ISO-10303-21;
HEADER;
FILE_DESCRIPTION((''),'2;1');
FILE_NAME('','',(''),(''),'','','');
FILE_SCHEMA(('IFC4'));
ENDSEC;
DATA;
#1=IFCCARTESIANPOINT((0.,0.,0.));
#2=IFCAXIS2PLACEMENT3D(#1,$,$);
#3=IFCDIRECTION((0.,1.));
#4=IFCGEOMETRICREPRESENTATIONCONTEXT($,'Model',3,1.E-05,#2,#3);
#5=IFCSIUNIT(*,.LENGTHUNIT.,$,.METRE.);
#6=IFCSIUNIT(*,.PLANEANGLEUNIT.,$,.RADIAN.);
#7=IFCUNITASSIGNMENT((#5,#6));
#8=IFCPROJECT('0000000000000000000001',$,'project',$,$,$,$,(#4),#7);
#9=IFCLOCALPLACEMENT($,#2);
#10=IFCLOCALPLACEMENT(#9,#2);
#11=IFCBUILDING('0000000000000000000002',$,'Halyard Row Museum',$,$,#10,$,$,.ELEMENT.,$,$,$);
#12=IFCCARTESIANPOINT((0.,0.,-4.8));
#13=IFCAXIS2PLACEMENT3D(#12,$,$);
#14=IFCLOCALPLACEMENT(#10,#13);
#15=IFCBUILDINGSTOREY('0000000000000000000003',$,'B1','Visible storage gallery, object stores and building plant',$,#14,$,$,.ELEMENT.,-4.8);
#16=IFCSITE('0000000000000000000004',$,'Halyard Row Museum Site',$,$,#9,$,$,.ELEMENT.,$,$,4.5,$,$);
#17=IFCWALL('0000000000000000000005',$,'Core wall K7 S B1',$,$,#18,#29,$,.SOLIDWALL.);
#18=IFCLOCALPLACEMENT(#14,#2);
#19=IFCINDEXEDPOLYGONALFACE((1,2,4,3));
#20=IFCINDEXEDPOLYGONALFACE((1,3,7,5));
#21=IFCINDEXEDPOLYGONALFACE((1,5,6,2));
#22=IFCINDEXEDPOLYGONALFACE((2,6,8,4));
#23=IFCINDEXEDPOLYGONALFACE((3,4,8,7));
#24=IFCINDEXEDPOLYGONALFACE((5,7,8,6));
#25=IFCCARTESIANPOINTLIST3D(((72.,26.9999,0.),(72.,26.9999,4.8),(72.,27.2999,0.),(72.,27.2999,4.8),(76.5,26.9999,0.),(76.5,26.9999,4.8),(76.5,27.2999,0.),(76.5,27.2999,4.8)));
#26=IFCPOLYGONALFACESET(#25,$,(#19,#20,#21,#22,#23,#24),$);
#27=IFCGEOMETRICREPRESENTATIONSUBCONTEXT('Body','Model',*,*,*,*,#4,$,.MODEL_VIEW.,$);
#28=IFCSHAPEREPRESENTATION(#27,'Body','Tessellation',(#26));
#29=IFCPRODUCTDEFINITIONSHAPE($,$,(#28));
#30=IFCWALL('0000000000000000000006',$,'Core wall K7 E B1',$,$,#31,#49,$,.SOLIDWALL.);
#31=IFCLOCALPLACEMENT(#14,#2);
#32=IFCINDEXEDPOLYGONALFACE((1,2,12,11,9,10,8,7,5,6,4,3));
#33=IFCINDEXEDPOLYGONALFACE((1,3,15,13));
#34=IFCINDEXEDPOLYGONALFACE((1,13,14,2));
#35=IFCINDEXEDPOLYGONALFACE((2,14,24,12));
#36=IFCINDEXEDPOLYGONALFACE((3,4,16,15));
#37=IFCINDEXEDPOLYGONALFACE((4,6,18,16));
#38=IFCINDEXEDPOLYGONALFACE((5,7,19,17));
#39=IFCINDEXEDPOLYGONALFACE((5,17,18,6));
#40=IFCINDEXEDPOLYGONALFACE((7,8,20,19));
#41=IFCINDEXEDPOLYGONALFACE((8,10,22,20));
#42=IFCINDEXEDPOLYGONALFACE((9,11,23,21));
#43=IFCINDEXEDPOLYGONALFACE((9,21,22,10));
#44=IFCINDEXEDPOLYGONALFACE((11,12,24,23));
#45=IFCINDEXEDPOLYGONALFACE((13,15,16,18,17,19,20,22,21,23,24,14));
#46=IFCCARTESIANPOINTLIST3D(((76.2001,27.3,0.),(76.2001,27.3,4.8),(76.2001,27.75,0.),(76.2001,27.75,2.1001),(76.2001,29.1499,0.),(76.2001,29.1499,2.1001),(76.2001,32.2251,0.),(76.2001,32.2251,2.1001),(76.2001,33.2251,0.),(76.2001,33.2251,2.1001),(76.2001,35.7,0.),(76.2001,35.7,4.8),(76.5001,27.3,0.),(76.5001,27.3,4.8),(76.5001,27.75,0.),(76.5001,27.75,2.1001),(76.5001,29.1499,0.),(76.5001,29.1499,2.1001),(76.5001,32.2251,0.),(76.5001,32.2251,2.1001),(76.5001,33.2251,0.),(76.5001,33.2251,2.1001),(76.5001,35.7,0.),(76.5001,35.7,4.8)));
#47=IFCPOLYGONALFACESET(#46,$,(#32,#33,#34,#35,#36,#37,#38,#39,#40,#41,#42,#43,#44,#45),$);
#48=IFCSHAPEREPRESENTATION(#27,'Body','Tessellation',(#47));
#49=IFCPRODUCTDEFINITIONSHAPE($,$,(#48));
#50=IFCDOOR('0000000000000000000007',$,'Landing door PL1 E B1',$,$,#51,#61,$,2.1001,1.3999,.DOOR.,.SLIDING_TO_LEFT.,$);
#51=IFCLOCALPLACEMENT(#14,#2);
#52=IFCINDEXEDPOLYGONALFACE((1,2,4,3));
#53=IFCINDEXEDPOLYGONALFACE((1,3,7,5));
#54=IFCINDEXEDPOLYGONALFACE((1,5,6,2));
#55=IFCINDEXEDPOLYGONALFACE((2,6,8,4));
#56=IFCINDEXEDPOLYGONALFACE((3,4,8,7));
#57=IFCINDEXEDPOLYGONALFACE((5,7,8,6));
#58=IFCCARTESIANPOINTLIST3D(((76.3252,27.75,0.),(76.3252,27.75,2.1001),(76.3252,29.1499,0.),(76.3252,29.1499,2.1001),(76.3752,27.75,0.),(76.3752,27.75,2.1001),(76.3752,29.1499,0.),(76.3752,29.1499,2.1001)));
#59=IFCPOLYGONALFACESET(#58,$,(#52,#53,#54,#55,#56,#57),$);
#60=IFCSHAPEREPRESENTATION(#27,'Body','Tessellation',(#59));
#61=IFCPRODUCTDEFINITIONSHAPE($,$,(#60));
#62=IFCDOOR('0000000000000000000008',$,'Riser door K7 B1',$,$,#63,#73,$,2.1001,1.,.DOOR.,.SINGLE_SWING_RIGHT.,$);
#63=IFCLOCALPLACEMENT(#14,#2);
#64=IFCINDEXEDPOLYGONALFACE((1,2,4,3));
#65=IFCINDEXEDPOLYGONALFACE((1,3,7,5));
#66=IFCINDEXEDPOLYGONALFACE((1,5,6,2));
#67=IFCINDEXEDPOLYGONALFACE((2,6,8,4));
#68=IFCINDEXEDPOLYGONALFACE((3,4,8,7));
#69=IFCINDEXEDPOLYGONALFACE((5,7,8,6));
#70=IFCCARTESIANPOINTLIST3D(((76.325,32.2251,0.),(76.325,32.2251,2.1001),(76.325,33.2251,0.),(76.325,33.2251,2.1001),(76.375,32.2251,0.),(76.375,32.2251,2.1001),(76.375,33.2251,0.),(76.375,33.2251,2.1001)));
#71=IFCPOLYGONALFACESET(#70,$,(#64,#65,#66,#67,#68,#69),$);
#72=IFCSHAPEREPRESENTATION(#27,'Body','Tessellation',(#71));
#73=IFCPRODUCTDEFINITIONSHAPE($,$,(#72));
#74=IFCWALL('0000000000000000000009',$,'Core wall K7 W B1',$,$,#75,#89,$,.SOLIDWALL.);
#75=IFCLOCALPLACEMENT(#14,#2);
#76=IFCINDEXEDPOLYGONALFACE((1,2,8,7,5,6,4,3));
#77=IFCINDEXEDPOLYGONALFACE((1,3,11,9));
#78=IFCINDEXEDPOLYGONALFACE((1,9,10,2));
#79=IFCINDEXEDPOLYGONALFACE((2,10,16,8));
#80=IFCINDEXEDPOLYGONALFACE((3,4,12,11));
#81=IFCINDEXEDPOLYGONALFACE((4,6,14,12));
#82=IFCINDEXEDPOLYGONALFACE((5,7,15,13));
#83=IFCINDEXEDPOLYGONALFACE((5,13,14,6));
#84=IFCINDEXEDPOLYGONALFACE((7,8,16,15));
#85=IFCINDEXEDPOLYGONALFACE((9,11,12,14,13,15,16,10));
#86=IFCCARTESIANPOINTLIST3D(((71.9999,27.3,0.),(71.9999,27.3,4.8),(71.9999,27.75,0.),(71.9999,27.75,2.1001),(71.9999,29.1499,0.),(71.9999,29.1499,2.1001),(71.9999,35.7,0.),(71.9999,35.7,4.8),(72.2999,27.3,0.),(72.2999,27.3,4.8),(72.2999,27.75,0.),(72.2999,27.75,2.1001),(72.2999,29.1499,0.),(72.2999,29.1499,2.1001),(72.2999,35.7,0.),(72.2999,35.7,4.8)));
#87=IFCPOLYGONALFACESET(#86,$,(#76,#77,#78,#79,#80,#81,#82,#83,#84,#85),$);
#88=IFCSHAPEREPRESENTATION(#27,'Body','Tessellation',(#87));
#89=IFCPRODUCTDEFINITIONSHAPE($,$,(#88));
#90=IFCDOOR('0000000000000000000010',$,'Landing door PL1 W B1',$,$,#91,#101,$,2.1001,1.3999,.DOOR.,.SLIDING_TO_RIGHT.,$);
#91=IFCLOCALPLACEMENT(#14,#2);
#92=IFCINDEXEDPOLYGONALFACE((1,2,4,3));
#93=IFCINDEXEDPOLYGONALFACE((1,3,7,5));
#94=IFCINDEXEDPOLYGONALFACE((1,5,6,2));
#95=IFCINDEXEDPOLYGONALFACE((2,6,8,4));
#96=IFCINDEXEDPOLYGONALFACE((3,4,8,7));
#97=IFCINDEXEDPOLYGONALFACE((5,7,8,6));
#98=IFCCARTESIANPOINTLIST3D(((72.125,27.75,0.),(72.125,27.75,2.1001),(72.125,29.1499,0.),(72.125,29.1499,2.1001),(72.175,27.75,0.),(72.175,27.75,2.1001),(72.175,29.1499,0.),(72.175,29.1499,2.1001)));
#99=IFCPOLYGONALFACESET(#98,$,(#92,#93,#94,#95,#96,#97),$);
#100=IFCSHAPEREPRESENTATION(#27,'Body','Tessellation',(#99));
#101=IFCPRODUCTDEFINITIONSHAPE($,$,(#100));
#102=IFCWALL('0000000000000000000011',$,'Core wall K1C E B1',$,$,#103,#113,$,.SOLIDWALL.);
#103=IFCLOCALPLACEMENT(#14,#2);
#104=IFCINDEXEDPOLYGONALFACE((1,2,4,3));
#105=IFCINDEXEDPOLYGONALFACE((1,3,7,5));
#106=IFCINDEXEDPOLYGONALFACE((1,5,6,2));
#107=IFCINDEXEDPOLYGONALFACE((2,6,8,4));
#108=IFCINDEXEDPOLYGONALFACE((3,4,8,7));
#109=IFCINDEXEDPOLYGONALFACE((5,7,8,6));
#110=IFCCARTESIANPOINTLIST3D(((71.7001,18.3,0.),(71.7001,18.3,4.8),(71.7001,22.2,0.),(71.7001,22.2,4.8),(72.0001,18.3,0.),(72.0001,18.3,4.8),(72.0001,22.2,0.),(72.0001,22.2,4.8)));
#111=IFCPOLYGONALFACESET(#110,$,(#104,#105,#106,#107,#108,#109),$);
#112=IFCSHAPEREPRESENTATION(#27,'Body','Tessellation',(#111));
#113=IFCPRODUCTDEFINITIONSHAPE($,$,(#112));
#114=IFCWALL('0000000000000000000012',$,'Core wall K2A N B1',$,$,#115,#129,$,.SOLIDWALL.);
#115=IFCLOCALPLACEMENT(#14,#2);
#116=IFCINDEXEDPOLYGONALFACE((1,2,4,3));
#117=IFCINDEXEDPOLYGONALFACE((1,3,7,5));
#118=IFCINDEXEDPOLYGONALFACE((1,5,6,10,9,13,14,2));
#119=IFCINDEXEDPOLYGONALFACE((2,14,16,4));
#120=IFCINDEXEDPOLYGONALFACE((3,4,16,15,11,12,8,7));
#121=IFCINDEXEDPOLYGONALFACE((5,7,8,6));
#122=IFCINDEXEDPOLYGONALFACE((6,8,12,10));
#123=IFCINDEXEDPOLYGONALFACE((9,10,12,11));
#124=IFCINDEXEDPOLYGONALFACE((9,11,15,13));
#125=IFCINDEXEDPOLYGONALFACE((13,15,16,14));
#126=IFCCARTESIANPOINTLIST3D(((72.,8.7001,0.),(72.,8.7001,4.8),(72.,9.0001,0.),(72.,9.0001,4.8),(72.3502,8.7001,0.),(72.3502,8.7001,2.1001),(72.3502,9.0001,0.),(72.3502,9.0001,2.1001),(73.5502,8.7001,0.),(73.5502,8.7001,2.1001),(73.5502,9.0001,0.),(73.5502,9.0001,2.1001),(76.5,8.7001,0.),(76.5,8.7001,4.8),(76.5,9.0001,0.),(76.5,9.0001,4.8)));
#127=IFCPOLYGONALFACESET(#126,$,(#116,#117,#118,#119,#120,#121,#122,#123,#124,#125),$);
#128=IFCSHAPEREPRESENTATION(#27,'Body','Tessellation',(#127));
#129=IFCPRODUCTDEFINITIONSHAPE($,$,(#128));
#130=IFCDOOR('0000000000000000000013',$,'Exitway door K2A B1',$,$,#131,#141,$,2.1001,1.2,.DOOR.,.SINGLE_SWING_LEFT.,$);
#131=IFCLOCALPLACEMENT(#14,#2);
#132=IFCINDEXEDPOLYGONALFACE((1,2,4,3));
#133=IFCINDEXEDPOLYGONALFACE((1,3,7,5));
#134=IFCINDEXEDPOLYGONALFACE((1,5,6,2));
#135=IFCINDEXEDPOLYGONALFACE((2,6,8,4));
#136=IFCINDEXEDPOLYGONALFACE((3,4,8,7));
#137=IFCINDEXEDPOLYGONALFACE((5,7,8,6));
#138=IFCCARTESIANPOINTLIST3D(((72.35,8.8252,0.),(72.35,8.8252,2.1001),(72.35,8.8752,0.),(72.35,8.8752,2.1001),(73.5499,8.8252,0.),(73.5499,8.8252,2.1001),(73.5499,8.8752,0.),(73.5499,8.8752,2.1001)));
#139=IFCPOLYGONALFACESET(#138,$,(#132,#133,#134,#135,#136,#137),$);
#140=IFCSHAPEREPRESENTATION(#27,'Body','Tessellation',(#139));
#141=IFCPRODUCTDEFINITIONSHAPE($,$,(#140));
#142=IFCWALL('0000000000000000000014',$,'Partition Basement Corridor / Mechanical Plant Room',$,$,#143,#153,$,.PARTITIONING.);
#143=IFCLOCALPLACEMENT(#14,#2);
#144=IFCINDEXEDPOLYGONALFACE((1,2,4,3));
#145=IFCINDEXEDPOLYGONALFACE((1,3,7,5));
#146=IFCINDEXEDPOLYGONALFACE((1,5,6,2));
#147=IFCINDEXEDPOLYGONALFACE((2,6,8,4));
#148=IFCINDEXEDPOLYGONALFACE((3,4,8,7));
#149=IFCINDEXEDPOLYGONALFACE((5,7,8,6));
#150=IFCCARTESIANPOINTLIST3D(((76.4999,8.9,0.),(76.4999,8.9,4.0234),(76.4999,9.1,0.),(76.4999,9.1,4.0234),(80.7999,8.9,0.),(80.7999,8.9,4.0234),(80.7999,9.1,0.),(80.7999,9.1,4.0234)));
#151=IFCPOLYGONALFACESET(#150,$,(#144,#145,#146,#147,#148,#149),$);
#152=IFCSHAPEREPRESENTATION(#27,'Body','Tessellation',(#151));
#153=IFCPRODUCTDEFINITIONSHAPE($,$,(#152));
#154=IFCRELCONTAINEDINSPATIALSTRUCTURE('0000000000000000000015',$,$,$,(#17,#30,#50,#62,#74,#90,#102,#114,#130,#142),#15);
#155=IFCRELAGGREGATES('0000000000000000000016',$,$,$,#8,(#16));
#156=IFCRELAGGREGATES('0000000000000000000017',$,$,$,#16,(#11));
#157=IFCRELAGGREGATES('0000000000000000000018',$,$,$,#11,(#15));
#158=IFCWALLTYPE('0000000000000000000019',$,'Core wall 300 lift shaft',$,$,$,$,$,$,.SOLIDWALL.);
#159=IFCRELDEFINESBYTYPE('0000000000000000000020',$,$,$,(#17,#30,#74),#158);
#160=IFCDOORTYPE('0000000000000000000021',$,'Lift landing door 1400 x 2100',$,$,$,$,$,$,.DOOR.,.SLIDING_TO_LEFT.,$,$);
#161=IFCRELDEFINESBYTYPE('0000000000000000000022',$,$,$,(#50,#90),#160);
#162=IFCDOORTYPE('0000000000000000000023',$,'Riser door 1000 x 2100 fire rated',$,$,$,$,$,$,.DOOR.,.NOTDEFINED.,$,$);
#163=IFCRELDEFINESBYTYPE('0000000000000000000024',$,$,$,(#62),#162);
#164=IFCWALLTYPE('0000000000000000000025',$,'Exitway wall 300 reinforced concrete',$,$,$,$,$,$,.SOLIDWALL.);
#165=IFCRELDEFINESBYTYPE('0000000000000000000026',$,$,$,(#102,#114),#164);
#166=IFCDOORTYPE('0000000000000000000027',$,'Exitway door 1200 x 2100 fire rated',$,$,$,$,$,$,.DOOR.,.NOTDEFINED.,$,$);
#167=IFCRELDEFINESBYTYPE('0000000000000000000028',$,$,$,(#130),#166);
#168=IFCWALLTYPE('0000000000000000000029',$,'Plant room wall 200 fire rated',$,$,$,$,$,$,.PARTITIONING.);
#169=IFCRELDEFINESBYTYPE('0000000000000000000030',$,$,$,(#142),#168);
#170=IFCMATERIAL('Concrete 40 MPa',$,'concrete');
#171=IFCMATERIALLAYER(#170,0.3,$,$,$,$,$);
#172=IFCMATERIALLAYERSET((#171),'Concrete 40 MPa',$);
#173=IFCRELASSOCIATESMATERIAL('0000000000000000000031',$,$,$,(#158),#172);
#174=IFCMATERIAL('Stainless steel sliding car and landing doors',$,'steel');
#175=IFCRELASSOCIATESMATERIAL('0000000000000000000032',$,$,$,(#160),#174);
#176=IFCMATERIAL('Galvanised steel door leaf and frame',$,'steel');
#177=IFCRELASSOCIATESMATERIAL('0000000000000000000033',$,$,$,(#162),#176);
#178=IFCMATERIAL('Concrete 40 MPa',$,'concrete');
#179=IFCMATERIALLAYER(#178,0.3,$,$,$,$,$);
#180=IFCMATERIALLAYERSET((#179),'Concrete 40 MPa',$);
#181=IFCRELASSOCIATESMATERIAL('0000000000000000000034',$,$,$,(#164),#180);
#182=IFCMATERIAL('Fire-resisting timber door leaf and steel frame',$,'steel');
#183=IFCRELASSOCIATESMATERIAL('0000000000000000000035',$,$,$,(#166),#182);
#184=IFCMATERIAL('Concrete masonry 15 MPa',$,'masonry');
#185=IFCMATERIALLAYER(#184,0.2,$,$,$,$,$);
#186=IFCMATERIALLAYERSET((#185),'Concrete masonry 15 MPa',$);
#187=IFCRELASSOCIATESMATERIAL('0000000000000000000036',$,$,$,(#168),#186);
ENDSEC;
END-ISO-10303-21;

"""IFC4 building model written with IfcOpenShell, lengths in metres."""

from ifc_helpers import new_model, si_unit, direction, frame, frame_2d, origin, place, context, subcontext, project, spatial, rectangle, extrude, material, layer, layer_set, type_object, element, fill, save


model = new_model("IFC4")

# Units and contexts
model_context = context("Model", 3, precision=1e-05, world=origin(), true_north=direction((0.0, 1.0)))
body_context = subcontext(model_context, "Body", "Model", "MODEL_VIEW")
ifc_project = project(units=[si_unit("LENGTHUNIT", "METRE"), si_unit("PLANEANGLEUNIT", "RADIAN")], contexts=[model_context])

# Site, building, storey
site_placement = place(None, origin())
site = spatial("IfcSite", under=ifc_project, at=site_placement, Name="Halyard Row Museum Site", CompositionType="ELEMENT", RefElevation=4.5)
building_placement = place(site_placement, origin())
building = spatial("IfcBuilding", under=site, at=building_placement, Name="Halyard Row Museum", CompositionType="ELEMENT")
storey_placement = place(building_placement, frame((0.0, 0.0, -4.8)))
storey = spatial("IfcBuildingStorey", under=building, at=storey_placement, Name="B1", Description="Visible storage gallery, object stores and building plant", CompositionType="ELEMENT", Elevation=-4.8)

# Wall
ifc_material_1 = material(Name="Concrete 40 MPa", Category="concrete")
ifc_layer_1 = layer(ifc_material_1, 0.3)
ifc_layer_set_1 = layer_set([ifc_layer_1], Name="Concrete 40 MPa")
wall_type_1 = type_object("IfcWallType", Name="Core wall 300 lift shaft", PredefinedType="SOLIDWALL", material=ifc_layer_set_1)
wall_1_placement = place(storey_placement, frame((72.0, 27.1499, 0.0), z_axis=(0.0, 0.0, 1.0), x_axis=(1.0, 0.0, 0.0)))
element("IfcWall", 1, at=wall_1_placement, inside=storey, type_object=wall_type_1, Name="Core wall K7 S B1", PredefinedType="SOLIDWALL", context=body_context, shape_type="SweptSolid", body=[
    extrude(rectangle(XDim=4.5, YDim=0.3, at=frame_2d((2.25, 0.0))), origin(), (0.0, 0.0, 1.0), 4.8),
])

# Wall, openings, doors
wall_2_placement = place(storey_placement, frame((76.3501, 27.3, 0.0), z_axis=(0.0, 0.0, 1.0), x_axis=(0.0, 1.0, 0.0)))
wall_2 = element("IfcWall", 2, at=wall_2_placement, inside=storey, type_object=wall_type_1, Name="Core wall K7 E B1", PredefinedType="SOLIDWALL", context=body_context, shape_type="SweptSolid", body=[
    extrude(rectangle(XDim=8.3999, YDim=0.3, at=frame_2d((4.2, 0.0))), origin(), (0.0, 0.0, 1.0), 4.8),
])
opening_1_placement = place(wall_2_placement, frame((0.45, 0.0, 0.0)))
opening_1 = element("IfcOpeningElement", 3, at=opening_1_placement, cuts=wall_2, PredefinedType="OPENING", context=body_context, shape_type="SweptSolid", body=[
    extrude(rectangle(XDim=1.3999, YDim=2.1001, at=frame_2d((0.7, 1.05))), frame((0.0, 0.1599, 0.0), z_axis=(0.0, -1.0, 0.0), x_axis=(1.0, 0.0, 0.0)), (0.0, 0.0, 1.0), 0.3201),
])
opening_2_placement = place(wall_2_placement, frame((4.925, 0.0, 0.0)))
opening_2 = element("IfcOpeningElement", 4, at=opening_2_placement, cuts=wall_2, PredefinedType="OPENING", context=body_context, shape_type="SweptSolid", body=[
    extrude(rectangle(XDim=1.0, YDim=2.1001, at=frame_2d((0.5, 1.05))), frame((0.0, 0.1599, 0.0), z_axis=(0.0, -1.0, 0.0), x_axis=(1.0, 0.0, 0.0)), (0.0, 0.0, 1.0), 0.3201),
])
ifc_material_2 = material(Name="Stainless steel sliding car and landing doors", Category="steel")
door_type_1 = type_object("IfcDoorType", Name="Lift landing door 1400 x 2100", OperationType="SLIDING_TO_LEFT", PredefinedType="DOOR", material=ifc_material_2)
door_1_placement = place(opening_1_placement, origin())
door_1 = element("IfcDoor", 5, at=door_1_placement, inside=storey, type_object=door_type_1, Name="Landing door PL1 E B1", OperationType="SLIDING_TO_LEFT", OverallHeight=2.1001, OverallWidth=1.3999, PredefinedType="DOOR", context=body_context, shape_type="SweptSolid", body=[
    extrude(rectangle(XDim=1.3999, YDim=2.1001, at=frame_2d((0.7, 1.05))), frame((0.0, 0.0249, 0.0), z_axis=(0.0, -1.0, 0.0), x_axis=(1.0, 0.0, 0.0)), (0.0, 0.0, 1.0), 0.05),
])
fill(opening_1, door_1)
ifc_material_3 = material(Name="Galvanised steel door leaf and frame", Category="steel")
door_type_2 = type_object("IfcDoorType", Name="Riser door 1000 x 2100 fire rated", OperationType="NOTDEFINED", PredefinedType="DOOR", material=ifc_material_3)
door_2_placement = place(opening_2_placement, frame((1.0, 0.0, 0.0), z_axis=(0.0, 0.0, 1.0), x_axis=(-1.0, 0.0, 0.0)))
door_2 = element("IfcDoor", 6, at=door_2_placement, inside=storey, type_object=door_type_2, Name="Riser door K7 B1", OperationType="SINGLE_SWING_RIGHT", OverallHeight=2.1001, OverallWidth=1.0, PredefinedType="DOOR", context=body_context, shape_type="SweptSolid", body=[
    extrude(rectangle(XDim=1.0, YDim=2.1001, at=frame_2d((0.5, 1.05))), frame((0.0, 0.0249, 0.0), z_axis=(0.0, -1.0, 0.0), x_axis=(1.0, 0.0, 0.0)), (0.0, 0.0, 1.0), 0.05),
])
fill(opening_2, door_2)

# Wall, opening, door
wall_3_placement = place(storey_placement, frame((72.1499, 27.3, 0.0), z_axis=(0.0, 0.0, 1.0), x_axis=(0.0, 1.0, 0.0)))
wall_3 = element("IfcWall", 7, at=wall_3_placement, inside=storey, type_object=wall_type_1, Name="Core wall K7 W B1", PredefinedType="SOLIDWALL", context=body_context, shape_type="SweptSolid", body=[
    extrude(rectangle(XDim=8.3999, YDim=0.3, at=frame_2d((4.2, 0.0))), origin(), (0.0, 0.0, 1.0), 4.8),
])
opening_3_placement = place(wall_3_placement, frame((0.45, 0.0, 0.0)))
opening_3 = element("IfcOpeningElement", 8, at=opening_3_placement, cuts=wall_3, PredefinedType="OPENING", context=body_context, shape_type="SweptSolid", body=[
    extrude(rectangle(XDim=1.3999, YDim=2.1001, at=frame_2d((0.7, 1.05))), frame((0.0, 0.1599, 0.0), z_axis=(0.0, -1.0, 0.0), x_axis=(1.0, 0.0, 0.0)), (0.0, 0.0, 1.0), 0.3201),
])
door_3_placement = place(opening_3_placement, origin())
door_3 = element("IfcDoor", 9, at=door_3_placement, inside=storey, type_object=door_type_1, Name="Landing door PL1 W B1", OperationType="SLIDING_TO_RIGHT", OverallHeight=2.1001, OverallWidth=1.3999, PredefinedType="DOOR", context=body_context, shape_type="SweptSolid", body=[
    extrude(rectangle(XDim=1.3999, YDim=2.1001, at=frame_2d((0.7, 1.05))), frame((0.0, 0.0249, 0.0), z_axis=(0.0, -1.0, 0.0), x_axis=(1.0, 0.0, 0.0)), (0.0, 0.0, 1.0), 0.05),
])
fill(opening_3, door_3)

# Wall
ifc_material_4 = material(Name="Concrete 40 MPa", Category="concrete")
ifc_layer_2 = layer(ifc_material_4, 0.3)
ifc_layer_set_2 = layer_set([ifc_layer_2], Name="Concrete 40 MPa")
wall_type_2 = type_object("IfcWallType", Name="Exitway wall 300 reinforced concrete", PredefinedType="SOLIDWALL", material=ifc_layer_set_2)
wall_4_placement = place(storey_placement, frame((71.8501, 18.3, 0.0), z_axis=(0.0, 0.0, 1.0), x_axis=(0.0, 1.0, 0.0)))
element("IfcWall", 10, at=wall_4_placement, inside=storey, type_object=wall_type_2, Name="Core wall K1C E B1", PredefinedType="SOLIDWALL", context=body_context, shape_type="SweptSolid", body=[
    extrude(rectangle(XDim=3.8999, YDim=0.3, at=frame_2d((1.95, 0.0))), origin(), (0.0, 0.0, 1.0), 4.8),
])

# Wall, opening, door
wall_5_placement = place(storey_placement, frame((72.0, 8.8501, 0.0), z_axis=(0.0, 0.0, 1.0), x_axis=(1.0, 0.0, 0.0)))
wall_5 = element("IfcWall", 11, at=wall_5_placement, inside=storey, type_object=wall_type_2, Name="Core wall K2A N B1", PredefinedType="SOLIDWALL", context=body_context, shape_type="SweptSolid", body=[
    extrude(rectangle(XDim=4.5, YDim=0.3, at=frame_2d((2.25, 0.0))), origin(), (0.0, 0.0, 1.0), 4.8),
])
opening_4_placement = place(wall_5_placement, frame((0.3501, 0.0, 0.0)))
opening_4 = element("IfcOpeningElement", 12, at=opening_4_placement, cuts=wall_5, PredefinedType="OPENING", context=body_context, shape_type="SweptSolid", body=[
    extrude(rectangle(XDim=1.2, YDim=2.1001, at=frame_2d((0.6001, 1.05))), frame((0.0, 0.1599, 0.0), z_axis=(0.0, -1.0, 0.0), x_axis=(1.0, 0.0, 0.0)), (0.0, 0.0, 1.0), 0.3201),
])
ifc_material_5 = material(Name="Fire-resisting timber door leaf and steel frame", Category="steel")
door_type_3 = type_object("IfcDoorType", Name="Exitway door 1200 x 2100 fire rated", OperationType="NOTDEFINED", PredefinedType="DOOR", material=ifc_material_5)
door_4_placement = place(opening_4_placement, frame((1.2, 0.0, 0.0), z_axis=(0.0, 0.0, 1.0), x_axis=(-1.0, 0.0, 0.0)))
door_4 = element("IfcDoor", 13, at=door_4_placement, inside=storey, type_object=door_type_3, Name="Exitway door K2A B1", OperationType="SINGLE_SWING_LEFT", OverallHeight=2.1001, OverallWidth=1.2, PredefinedType="DOOR", context=body_context, shape_type="SweptSolid", body=[
    extrude(rectangle(XDim=1.2, YDim=2.1001, at=frame_2d((0.6001, 1.05))), frame((0.0, 0.0249, 0.0), z_axis=(0.0, -1.0, 0.0), x_axis=(1.0, 0.0, 0.0)), (0.0, 0.0, 1.0), 0.05),
])
fill(opening_4, door_4)

# Wall
ifc_material_6 = material(Name="Concrete masonry 15 MPa", Category="masonry")
ifc_layer_3 = layer(ifc_material_6, 0.2)
ifc_layer_set_3 = layer_set([ifc_layer_3], Name="Concrete masonry 15 MPa")
wall_type_3 = type_object("IfcWallType", Name="Plant room wall 200 fire rated", PredefinedType="PARTITIONING", material=ifc_layer_set_3)
wall_6_placement = place(storey_placement, frame((76.5, 9.0, 0.0), z_axis=(0.0, 0.0, 1.0), x_axis=(1.0, 0.0, 0.0)))
element("IfcWall", 14, at=wall_6_placement, inside=storey, type_object=wall_type_3, Name="Partition Basement Corridor / Mechanical Plant Room", PredefinedType="PARTITIONING", context=body_context, shape_type="SweptSolid", body=[
    extrude(rectangle(XDim=4.3, YDim=0.2, at=frame_2d((2.1499, 0.0))), origin(), (0.0, 0.0, 1.0), 4.0234),
])

save(model, "model.ifc")
